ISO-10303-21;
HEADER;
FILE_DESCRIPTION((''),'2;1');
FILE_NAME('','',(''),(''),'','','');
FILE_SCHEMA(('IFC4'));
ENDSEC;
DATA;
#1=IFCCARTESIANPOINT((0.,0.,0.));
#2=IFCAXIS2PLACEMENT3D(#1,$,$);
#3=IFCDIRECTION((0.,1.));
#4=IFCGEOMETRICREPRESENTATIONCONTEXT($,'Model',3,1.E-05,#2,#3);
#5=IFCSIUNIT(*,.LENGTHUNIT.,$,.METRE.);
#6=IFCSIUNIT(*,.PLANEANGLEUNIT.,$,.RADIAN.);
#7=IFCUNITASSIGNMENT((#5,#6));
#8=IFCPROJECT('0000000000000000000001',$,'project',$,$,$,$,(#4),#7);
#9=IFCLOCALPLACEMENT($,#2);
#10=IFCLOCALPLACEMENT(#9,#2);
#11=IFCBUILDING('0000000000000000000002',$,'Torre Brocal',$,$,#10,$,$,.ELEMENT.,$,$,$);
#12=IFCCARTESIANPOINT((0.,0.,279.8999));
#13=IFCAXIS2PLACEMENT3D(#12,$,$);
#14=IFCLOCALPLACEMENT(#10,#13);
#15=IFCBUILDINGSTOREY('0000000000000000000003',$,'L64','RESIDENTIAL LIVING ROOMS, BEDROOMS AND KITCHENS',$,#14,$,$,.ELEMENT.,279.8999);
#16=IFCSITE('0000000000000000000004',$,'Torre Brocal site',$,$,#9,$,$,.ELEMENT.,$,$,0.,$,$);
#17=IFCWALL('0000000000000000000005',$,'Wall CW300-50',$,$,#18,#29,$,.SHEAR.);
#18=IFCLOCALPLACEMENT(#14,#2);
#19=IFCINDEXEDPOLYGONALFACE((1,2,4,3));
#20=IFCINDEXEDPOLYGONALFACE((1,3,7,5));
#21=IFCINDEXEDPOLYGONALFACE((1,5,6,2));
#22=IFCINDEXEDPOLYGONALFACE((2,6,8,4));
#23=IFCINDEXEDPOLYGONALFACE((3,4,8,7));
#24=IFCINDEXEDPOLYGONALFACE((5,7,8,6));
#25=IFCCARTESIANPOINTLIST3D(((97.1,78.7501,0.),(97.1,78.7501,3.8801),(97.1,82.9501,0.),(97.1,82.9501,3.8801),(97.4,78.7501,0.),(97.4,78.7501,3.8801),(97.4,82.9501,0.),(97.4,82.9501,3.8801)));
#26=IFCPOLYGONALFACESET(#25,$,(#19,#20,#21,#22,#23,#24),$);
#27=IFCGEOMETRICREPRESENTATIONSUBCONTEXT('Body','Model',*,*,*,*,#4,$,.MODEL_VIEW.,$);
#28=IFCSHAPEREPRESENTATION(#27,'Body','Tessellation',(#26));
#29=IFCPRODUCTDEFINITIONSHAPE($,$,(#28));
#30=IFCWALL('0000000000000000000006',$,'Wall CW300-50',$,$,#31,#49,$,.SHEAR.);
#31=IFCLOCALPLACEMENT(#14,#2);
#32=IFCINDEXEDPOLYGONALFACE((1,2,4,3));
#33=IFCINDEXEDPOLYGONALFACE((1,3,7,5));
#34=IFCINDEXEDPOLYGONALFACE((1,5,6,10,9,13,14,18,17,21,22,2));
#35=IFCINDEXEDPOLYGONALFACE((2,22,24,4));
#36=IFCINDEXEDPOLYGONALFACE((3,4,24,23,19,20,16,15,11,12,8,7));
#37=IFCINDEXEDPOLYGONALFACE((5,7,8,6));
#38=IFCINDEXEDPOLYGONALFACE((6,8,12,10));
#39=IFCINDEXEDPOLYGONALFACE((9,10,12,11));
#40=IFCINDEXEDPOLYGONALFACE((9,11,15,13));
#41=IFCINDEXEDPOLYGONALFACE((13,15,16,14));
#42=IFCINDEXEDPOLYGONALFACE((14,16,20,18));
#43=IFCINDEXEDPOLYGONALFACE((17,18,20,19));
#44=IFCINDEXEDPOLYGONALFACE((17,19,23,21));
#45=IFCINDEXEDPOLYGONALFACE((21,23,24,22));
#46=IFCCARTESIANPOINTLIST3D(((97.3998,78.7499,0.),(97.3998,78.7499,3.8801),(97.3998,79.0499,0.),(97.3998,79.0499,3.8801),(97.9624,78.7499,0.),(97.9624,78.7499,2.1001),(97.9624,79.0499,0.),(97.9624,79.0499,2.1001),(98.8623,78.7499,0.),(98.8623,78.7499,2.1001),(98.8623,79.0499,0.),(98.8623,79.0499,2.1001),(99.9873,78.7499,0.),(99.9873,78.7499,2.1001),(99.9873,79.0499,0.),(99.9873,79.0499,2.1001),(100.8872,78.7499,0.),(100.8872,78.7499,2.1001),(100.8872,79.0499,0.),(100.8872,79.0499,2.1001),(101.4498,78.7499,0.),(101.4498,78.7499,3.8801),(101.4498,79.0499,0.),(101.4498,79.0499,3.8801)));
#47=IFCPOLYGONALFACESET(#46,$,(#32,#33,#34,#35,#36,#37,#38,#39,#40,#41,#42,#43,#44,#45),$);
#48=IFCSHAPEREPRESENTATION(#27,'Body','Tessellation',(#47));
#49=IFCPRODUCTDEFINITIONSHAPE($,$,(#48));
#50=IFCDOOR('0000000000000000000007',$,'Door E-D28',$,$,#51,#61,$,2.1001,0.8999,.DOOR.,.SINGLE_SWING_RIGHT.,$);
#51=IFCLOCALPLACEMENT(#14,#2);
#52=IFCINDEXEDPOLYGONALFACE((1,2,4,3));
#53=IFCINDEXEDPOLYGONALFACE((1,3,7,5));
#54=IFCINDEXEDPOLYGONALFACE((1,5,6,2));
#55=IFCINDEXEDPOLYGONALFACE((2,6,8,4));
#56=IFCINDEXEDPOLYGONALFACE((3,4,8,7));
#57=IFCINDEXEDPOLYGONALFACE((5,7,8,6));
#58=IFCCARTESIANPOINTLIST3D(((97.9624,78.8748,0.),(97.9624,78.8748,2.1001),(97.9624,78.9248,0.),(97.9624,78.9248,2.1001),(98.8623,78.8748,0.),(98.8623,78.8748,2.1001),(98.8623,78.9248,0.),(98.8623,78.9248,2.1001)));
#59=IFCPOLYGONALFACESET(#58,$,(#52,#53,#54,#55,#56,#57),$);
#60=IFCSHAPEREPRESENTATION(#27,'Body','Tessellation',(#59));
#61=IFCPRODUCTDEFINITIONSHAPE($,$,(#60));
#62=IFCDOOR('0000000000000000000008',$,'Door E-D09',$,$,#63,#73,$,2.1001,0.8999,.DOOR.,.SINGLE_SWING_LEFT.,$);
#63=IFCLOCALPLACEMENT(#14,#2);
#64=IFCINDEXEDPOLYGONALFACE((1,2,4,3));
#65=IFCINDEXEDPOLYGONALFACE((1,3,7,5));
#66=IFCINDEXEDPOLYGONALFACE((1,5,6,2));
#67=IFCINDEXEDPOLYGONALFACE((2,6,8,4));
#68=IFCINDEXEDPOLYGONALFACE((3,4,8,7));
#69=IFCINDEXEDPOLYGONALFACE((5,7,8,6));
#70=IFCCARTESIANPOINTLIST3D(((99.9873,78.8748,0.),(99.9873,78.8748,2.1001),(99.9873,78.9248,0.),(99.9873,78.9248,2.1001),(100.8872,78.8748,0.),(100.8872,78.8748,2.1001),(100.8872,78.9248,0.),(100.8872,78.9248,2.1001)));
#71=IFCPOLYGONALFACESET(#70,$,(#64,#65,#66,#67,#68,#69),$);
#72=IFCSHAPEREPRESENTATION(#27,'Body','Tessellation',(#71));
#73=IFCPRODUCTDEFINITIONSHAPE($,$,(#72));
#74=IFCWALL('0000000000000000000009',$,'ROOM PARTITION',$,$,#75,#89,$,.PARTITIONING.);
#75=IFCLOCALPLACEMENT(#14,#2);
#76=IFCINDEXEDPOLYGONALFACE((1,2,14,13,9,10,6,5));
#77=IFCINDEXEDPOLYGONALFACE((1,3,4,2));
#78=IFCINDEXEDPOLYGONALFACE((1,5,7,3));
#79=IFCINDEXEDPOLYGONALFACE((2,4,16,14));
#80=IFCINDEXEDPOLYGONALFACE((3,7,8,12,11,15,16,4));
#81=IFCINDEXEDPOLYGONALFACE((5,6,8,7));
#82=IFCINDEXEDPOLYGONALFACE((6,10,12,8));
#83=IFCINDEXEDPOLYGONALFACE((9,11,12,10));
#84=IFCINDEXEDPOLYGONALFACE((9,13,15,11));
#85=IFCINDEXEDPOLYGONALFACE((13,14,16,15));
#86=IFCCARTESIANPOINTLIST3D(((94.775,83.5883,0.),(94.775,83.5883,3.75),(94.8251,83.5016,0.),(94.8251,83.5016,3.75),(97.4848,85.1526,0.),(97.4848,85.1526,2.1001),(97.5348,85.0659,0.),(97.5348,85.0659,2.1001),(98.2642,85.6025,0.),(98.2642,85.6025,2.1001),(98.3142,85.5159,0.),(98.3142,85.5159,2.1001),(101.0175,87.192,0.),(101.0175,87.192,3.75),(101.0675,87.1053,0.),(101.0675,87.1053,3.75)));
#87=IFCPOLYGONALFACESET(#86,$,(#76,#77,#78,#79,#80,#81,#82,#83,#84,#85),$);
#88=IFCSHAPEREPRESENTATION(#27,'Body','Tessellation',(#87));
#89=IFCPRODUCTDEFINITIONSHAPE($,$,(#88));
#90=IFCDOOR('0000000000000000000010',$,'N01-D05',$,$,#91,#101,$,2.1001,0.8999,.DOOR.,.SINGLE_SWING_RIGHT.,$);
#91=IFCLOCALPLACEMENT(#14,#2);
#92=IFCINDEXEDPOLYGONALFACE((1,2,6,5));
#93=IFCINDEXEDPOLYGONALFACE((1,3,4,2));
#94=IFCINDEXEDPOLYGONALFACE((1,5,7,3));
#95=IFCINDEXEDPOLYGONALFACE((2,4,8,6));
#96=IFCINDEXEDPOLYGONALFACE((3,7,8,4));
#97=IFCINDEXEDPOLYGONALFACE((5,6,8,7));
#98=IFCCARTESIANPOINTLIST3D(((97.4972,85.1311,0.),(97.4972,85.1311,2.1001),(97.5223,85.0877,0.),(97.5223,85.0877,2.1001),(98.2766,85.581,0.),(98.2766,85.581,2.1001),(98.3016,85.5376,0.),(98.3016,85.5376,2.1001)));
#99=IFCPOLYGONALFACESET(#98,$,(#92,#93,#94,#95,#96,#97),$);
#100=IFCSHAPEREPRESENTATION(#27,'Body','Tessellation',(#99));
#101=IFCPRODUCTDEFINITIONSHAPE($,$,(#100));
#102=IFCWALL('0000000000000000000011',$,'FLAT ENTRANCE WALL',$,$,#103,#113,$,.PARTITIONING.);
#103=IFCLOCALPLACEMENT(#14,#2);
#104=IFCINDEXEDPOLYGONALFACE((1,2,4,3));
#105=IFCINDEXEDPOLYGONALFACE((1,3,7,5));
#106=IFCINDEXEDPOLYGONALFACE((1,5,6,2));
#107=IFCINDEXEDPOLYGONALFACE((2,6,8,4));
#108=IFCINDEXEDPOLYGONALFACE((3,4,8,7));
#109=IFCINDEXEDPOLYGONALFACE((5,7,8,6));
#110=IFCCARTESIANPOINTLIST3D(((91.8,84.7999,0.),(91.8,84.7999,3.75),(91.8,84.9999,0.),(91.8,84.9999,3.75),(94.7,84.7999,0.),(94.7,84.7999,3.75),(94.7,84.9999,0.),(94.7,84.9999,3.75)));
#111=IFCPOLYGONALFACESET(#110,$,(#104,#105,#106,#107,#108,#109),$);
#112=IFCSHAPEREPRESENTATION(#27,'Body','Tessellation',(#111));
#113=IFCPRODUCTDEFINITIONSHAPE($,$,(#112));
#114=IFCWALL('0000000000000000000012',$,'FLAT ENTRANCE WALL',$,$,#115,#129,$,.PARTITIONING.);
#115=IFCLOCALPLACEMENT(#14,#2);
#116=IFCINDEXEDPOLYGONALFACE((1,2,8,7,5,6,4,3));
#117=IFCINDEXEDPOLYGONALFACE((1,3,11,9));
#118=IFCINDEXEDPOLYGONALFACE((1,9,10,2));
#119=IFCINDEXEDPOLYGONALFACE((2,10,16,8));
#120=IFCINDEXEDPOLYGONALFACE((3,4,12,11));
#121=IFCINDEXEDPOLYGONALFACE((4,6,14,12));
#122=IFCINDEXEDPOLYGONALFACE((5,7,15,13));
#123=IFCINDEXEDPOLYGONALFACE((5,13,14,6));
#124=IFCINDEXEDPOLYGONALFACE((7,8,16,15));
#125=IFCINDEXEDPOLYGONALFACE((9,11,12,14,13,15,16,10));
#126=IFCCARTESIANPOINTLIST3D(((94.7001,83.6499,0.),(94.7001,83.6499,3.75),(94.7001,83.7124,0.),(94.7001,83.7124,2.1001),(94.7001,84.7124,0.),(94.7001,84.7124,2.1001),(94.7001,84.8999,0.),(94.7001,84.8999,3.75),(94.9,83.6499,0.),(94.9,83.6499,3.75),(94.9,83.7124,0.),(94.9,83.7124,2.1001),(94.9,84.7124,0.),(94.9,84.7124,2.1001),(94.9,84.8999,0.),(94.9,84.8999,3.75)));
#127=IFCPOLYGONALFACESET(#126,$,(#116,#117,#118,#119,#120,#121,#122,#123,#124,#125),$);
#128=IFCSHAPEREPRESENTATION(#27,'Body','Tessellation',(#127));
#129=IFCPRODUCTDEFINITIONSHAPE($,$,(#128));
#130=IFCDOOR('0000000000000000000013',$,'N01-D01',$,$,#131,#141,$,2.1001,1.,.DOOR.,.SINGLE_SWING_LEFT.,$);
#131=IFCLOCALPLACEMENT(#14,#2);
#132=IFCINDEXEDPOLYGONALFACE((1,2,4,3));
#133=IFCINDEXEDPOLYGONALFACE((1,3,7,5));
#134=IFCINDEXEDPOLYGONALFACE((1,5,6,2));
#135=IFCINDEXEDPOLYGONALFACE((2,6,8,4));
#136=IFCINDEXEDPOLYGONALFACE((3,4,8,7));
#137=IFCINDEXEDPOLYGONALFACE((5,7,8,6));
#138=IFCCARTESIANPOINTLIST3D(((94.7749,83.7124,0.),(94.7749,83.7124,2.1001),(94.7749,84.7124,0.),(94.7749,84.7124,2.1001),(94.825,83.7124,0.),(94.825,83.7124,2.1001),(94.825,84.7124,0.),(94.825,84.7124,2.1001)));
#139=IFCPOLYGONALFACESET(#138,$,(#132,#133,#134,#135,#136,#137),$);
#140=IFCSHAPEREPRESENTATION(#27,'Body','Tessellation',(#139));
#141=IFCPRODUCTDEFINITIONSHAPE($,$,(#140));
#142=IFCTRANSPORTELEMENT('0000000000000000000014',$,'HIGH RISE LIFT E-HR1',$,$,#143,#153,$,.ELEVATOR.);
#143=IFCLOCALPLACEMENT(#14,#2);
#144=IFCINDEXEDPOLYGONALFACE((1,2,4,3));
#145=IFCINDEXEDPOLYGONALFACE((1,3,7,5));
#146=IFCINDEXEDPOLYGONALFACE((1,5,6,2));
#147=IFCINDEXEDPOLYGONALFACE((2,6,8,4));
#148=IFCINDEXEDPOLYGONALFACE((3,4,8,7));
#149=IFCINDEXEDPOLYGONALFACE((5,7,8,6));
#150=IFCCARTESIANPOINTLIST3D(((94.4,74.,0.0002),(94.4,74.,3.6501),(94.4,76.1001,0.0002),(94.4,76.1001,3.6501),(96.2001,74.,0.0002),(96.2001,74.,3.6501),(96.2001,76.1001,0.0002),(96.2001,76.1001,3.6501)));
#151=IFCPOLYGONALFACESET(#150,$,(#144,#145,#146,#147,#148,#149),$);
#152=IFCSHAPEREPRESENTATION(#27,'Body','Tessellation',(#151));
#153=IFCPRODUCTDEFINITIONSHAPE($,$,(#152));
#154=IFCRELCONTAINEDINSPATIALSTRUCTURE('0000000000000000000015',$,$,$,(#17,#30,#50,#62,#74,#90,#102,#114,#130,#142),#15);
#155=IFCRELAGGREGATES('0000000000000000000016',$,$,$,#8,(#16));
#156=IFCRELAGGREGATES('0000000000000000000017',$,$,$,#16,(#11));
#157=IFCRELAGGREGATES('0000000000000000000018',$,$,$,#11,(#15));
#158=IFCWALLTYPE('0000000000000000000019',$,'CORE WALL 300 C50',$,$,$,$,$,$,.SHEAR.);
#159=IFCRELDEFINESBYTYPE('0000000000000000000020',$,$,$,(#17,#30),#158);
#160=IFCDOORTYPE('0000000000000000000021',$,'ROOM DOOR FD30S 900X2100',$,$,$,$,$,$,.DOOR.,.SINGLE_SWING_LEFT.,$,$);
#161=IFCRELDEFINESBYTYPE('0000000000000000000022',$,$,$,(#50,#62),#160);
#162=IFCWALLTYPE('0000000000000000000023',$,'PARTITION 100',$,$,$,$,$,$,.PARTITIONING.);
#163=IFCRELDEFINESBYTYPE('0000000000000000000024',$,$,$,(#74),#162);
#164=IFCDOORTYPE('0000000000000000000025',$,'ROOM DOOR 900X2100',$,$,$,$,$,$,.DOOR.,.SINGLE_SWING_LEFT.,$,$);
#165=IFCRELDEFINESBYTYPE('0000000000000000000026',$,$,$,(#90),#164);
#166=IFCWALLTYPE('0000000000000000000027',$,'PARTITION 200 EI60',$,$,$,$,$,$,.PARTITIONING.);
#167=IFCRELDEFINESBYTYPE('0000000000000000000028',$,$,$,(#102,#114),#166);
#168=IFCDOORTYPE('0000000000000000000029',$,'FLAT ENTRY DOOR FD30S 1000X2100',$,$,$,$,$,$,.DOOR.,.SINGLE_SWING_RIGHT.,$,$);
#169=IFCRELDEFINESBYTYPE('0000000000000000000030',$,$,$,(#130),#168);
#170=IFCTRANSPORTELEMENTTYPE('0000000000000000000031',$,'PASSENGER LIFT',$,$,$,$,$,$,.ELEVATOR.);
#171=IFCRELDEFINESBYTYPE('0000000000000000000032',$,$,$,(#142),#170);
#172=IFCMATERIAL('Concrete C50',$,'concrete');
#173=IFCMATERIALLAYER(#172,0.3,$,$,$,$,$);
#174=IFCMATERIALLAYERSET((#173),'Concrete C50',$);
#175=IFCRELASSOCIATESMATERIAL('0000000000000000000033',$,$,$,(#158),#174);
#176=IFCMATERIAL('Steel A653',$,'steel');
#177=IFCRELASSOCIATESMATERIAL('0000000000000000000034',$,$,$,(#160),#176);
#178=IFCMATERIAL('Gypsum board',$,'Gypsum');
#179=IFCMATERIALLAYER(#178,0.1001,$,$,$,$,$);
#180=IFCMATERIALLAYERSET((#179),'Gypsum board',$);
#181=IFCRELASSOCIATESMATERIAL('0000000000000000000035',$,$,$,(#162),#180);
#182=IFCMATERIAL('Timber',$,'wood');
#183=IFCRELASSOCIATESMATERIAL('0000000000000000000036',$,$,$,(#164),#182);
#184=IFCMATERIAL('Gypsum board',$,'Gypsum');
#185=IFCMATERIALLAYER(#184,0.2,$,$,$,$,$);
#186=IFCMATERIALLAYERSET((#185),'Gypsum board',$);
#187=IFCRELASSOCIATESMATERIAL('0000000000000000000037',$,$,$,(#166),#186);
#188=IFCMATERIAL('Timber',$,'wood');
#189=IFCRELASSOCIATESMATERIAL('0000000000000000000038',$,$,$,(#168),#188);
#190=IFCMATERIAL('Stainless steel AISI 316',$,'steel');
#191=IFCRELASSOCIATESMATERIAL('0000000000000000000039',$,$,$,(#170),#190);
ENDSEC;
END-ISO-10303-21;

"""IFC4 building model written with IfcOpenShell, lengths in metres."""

from ifc_helpers import new_model, si_unit, direction, frame, frame_2d, origin, origin_2d, place, context, subcontext, project, spatial, rectangle, extrude, material, layer, layer_set, type_object, element, fill, save


model = new_model("IFC4")

# Units and contexts
model_context = context("Model", 3, precision=1e-05, world=origin(), true_north=direction((0.0, 1.0)))
body_context = subcontext(model_context, "Body", "Model", "MODEL_VIEW")
ifc_project = project(units=[si_unit("LENGTHUNIT", "METRE"), si_unit("PLANEANGLEUNIT", "RADIAN")], contexts=[model_context])

# Site, building, storey
site_placement = place(None, origin())
site = spatial("IfcSite", under=ifc_project, at=site_placement, Name="Torre Brocal site", CompositionType="ELEMENT", RefElevation=0.0)
building_placement = place(site_placement, origin())
building = spatial("IfcBuilding", under=site, at=building_placement, Name="Torre Brocal", CompositionType="ELEMENT")
storey_placement = place(building_placement, frame((0.0, 0.0, 279.8999)))
storey = spatial("IfcBuildingStorey", under=building, at=storey_placement, Name="L64", Description="RESIDENTIAL LIVING ROOMS, BEDROOMS AND KITCHENS", CompositionType="ELEMENT", Elevation=279.8999)

# Shared definitions
ifc_material_1 = material(Name="Concrete C50", Category="concrete")
ifc_layer_1 = layer(ifc_material_1, 0.3)
ifc_layer_set_1 = layer_set([ifc_layer_1], Name="Concrete C50")
wall_type_1 = type_object("IfcWallType", Name="CORE WALL 300 C50", PredefinedType="SHEAR", material=ifc_layer_set_1)
ifc_material_2 = material(Name="Steel A653", Category="steel")
door_type_1 = type_object("IfcDoorType", Name="ROOM DOOR FD30S 900X2100", OperationType="SINGLE_SWING_LEFT", PredefinedType="DOOR", material=ifc_material_2)

# Wall
wall_1_placement = place(storey_placement, frame((97.25, 78.75, 0.0), z_axis=(0.0, 0.0, 1.0), x_axis=(0.0, 1.0, 0.0)))
element("IfcWall", 1, at=wall_1_placement, inside=storey, type_object=wall_type_1, Name="Wall CW300-50", PredefinedType="SHEAR", context=body_context, shape_type="SweptSolid", body=[
    extrude(rectangle(XDim=4.2, YDim=0.3, at=frame_2d((2.1001, 0.0))), origin(), (0.0, 0.0, 1.0), 3.8801),
])

# Wall, openings, doors
wall_2_placement = place(storey_placement, frame((97.3999, 78.8999, 0.0), z_axis=(0.0, 0.0, 1.0), x_axis=(1.0, 0.0, 0.0)))
wall_2 = element("IfcWall", 2, at=wall_2_placement, inside=storey, type_object=wall_type_1, Name="Wall CW300-50", PredefinedType="SHEAR", context=body_context, shape_type="SweptSolid", body=[
    extrude(rectangle(XDim=4.05, YDim=0.3, at=frame_2d((2.0249, 0.0))), origin(), (0.0, 0.0, 1.0), 3.8801),
])
opening_1_placement = place(wall_2_placement, frame((0.5625, 0.0, 0.0)))
opening_1 = element("IfcOpeningElement", 3, at=opening_1_placement, cuts=wall_2, PredefinedType="OPENING", context=body_context, shape_type="SweptSolid", body=[
    extrude(rectangle(XDim=0.8999, YDim=2.1001, at=frame_2d((0.45, 1.05))), frame((0.0, 0.1599, 0.0), z_axis=(0.0, -1.0, 0.0), x_axis=(1.0, 0.0, 0.0)), (0.0, 0.0, 1.0), 0.3201),
])
opening_2_placement = place(wall_2_placement, frame((2.5874, 0.0, 0.0)))
opening_2 = element("IfcOpeningElement", 4, at=opening_2_placement, cuts=wall_2, PredefinedType="OPENING", context=body_context, shape_type="SweptSolid", body=[
    extrude(rectangle(XDim=0.8999, YDim=2.1001, at=frame_2d((0.45, 1.05))), frame((0.0, 0.1599, 0.0), z_axis=(0.0, -1.0, 0.0), x_axis=(1.0, 0.0, 0.0)), (0.0, 0.0, 1.0), 0.3201),
])
door_1_placement = place(opening_1_placement, origin())
door_1 = element("IfcDoor", 5, at=door_1_placement, inside=storey, type_object=door_type_1, Name="Door E-D28", OperationType="SINGLE_SWING_RIGHT", OverallHeight=2.1001, OverallWidth=0.8999, PredefinedType="DOOR", context=body_context, shape_type="SweptSolid", body=[
    extrude(rectangle(XDim=0.8999, YDim=2.1001, at=frame_2d((0.45, 1.05))), frame((0.0, 0.0249, 0.0), z_axis=(0.0, -1.0, 0.0), x_axis=(1.0, 0.0, 0.0)), (0.0, 0.0, 1.0), 0.05),
])
fill(opening_1, door_1)
door_2_placement = place(opening_2_placement, origin())
door_2 = element("IfcDoor", 6, at=door_2_placement, inside=storey, type_object=door_type_1, Name="Door E-D09", OperationType="SINGLE_SWING_LEFT", OverallHeight=2.1001, OverallWidth=0.8999, PredefinedType="DOOR", context=body_context, shape_type="SweptSolid", body=[
    extrude(rectangle(XDim=0.8999, YDim=2.1001, at=frame_2d((0.45, 1.05))), frame((0.0, 0.0249, 0.0), z_axis=(0.0, -1.0, 0.0), x_axis=(1.0, 0.0, 0.0)), (0.0, 0.0, 1.0), 0.05),
])
fill(opening_2, door_2)

# Wall, opening, door
ifc_material_3 = material(Name="Gypsum board", Category="Gypsum")
ifc_layer_2 = layer(ifc_material_3, 0.1001)
ifc_layer_set_2 = layer_set([ifc_layer_2], Name="Gypsum board")
wall_type_2 = type_object("IfcWallType", Name="PARTITION 100", PredefinedType="PARTITIONING", material=ifc_layer_set_2)
wall_3_placement = place(storey_placement, frame((94.8, 83.5449, 0.0), z_axis=(0.0, 0.0, 1.0), x_axis=(0.866044, 0.499968, 0.0)))
wall_3 = element("IfcWall", 7, at=wall_3_placement, inside=storey, type_object=wall_type_2, Name="ROOM PARTITION", PredefinedType="PARTITIONING", context=body_context, shape_type="SweptSolid", body=[
    extrude(rectangle(XDim=7.208, YDim=0.1001, at=frame_2d((3.604, 0.0))), origin(), (0.0, 0.0, 1.0), 3.75),
])
opening_3_placement = place(wall_3_placement, frame((3.1289, 0.0, 0.0)))
opening_3 = element("IfcOpeningElement", 8, at=opening_3_placement, cuts=wall_3, PredefinedType="OPENING", context=body_context, shape_type="SweptSolid", body=[
    extrude(rectangle(XDim=0.8999, YDim=2.1001, at=frame_2d((0.45, 1.05))), frame((0.0, 0.0601, 0.0), z_axis=(0.0, -1.0, 0.0), x_axis=(1.0, 0.0, 0.0)), (0.0, 0.0, 1.0), 0.1201),
])
ifc_material_4 = material(Name="Timber", Category="wood")
door_type_2 = type_object("IfcDoorType", Name="ROOM DOOR 900X2100", OperationType="SINGLE_SWING_LEFT", PredefinedType="DOOR", material=ifc_material_4)
door_3_placement = place(opening_3_placement, frame((0.8999, 0.0, 0.0), z_axis=(0.0, 0.0, 1.0), x_axis=(-1.0, 0.0, 0.0)))
door_3 = element("IfcDoor", 9, at=door_3_placement, inside=storey, type_object=door_type_2, Name="N01-D05", OperationType="SINGLE_SWING_RIGHT", OverallHeight=2.1001, OverallWidth=0.8999, PredefinedType="DOOR", context=body_context, shape_type="SweptSolid", body=[
    extrude(rectangle(XDim=0.8999, YDim=2.1001, at=frame_2d((0.45, 1.05))), frame((0.0, 0.0249, 0.0), z_axis=(0.0, -1.0, 0.0), x_axis=(1.0, 0.0, 0.0)), (0.0, 0.0, 1.0), 0.05),
])
fill(opening_3, door_3)

# Wall
ifc_material_5 = material(Name="Gypsum board", Category="Gypsum")
ifc_layer_3 = layer(ifc_material_5, 0.2)
ifc_layer_set_3 = layer_set([ifc_layer_3], Name="Gypsum board")
wall_type_3 = type_object("IfcWallType", Name="PARTITION 200 EI60", PredefinedType="PARTITIONING", material=ifc_layer_set_3)
wall_4_placement = place(storey_placement, frame((91.8, 84.8999, 0.0), z_axis=(0.0, 0.0, 1.0), x_axis=(1.0, 0.0, 0.0)))
element("IfcWall", 10, at=wall_4_placement, inside=storey, type_object=wall_type_3, Name="FLAT ENTRANCE WALL", PredefinedType="PARTITIONING", context=body_context, shape_type="SweptSolid", body=[
    extrude(rectangle(XDim=2.8999, YDim=0.2, at=frame_2d((1.45, 0.0))), origin(), (0.0, 0.0, 1.0), 3.75),
])

# Wall, opening, door
wall_5_placement = place(storey_placement, frame((94.8, 83.6499, 0.0), z_axis=(0.0, 0.0, 1.0), x_axis=(0.0, 1.0, 0.0)))
wall_5 = element("IfcWall", 11, at=wall_5_placement, inside=storey, type_object=wall_type_3, Name="FLAT ENTRANCE WALL", PredefinedType="PARTITIONING", context=body_context, shape_type="SweptSolid", body=[
    extrude(rectangle(XDim=1.25, YDim=0.2, at=frame_2d((0.625, 0.0))), origin(), (0.0, 0.0, 1.0), 3.75),
])
opening_4_placement = place(wall_5_placement, frame((0.0625, 0.0, 0.0)))
opening_4 = element("IfcOpeningElement", 12, at=opening_4_placement, cuts=wall_5, PredefinedType="OPENING", context=body_context, shape_type="SweptSolid", body=[
    extrude(rectangle(XDim=1.0, YDim=2.1001, at=frame_2d((0.5, 1.05))), frame((0.0, 0.1099, 0.0), z_axis=(0.0, -1.0, 0.0), x_axis=(1.0, 0.0, 0.0)), (0.0, 0.0, 1.0), 0.22),
])
ifc_material_6 = material(Name="Timber", Category="wood")
door_type_3 = type_object("IfcDoorType", Name="FLAT ENTRY DOOR FD30S 1000X2100", OperationType="SINGLE_SWING_RIGHT", PredefinedType="DOOR", material=ifc_material_6)
door_4_placement = place(opening_4_placement, frame((1.0, 0.0, 0.0), z_axis=(0.0, 0.0, 1.0), x_axis=(-1.0, 0.0, 0.0)))
door_4 = element("IfcDoor", 13, at=door_4_placement, inside=storey, type_object=door_type_3, Name="N01-D01", OperationType="SINGLE_SWING_LEFT", OverallHeight=2.1001, OverallWidth=1.0, PredefinedType="DOOR", context=body_context, shape_type="SweptSolid", body=[
    extrude(rectangle(XDim=1.0, YDim=2.1001, at=frame_2d((0.5, 1.05))), frame((0.0, 0.0249, 0.0), z_axis=(0.0, -1.0, 0.0), x_axis=(1.0, 0.0, 0.0)), (0.0, 0.0, 1.0), 0.05),
])
fill(opening_4, door_4)

# Transport element
ifc_material_7 = material(Name="Stainless steel AISI 316", Category="steel")
transport_element_type = type_object("IfcTransportElementType", Name="PASSENGER LIFT", PredefinedType="ELEVATOR", material=ifc_material_7)
transport_element_placement = place(storey_placement, frame((95.3, 75.05, 0.0002), z_axis=(0.0, 0.0, 1.0), x_axis=(1.0, 0.0, 0.0)))
element("IfcTransportElement", 14, at=transport_element_placement, inside=storey, type_object=transport_element_type, Name="HIGH RISE LIFT E-HR1", PredefinedType="ELEVATOR", context=body_context, shape_type="SweptSolid", body=[
    extrude(rectangle(XDim=1.8, YDim=2.1001, at=origin_2d()), origin(), (0.0, 0.0, 1.0), 3.6499),
])

save(model, "model.ifc")
